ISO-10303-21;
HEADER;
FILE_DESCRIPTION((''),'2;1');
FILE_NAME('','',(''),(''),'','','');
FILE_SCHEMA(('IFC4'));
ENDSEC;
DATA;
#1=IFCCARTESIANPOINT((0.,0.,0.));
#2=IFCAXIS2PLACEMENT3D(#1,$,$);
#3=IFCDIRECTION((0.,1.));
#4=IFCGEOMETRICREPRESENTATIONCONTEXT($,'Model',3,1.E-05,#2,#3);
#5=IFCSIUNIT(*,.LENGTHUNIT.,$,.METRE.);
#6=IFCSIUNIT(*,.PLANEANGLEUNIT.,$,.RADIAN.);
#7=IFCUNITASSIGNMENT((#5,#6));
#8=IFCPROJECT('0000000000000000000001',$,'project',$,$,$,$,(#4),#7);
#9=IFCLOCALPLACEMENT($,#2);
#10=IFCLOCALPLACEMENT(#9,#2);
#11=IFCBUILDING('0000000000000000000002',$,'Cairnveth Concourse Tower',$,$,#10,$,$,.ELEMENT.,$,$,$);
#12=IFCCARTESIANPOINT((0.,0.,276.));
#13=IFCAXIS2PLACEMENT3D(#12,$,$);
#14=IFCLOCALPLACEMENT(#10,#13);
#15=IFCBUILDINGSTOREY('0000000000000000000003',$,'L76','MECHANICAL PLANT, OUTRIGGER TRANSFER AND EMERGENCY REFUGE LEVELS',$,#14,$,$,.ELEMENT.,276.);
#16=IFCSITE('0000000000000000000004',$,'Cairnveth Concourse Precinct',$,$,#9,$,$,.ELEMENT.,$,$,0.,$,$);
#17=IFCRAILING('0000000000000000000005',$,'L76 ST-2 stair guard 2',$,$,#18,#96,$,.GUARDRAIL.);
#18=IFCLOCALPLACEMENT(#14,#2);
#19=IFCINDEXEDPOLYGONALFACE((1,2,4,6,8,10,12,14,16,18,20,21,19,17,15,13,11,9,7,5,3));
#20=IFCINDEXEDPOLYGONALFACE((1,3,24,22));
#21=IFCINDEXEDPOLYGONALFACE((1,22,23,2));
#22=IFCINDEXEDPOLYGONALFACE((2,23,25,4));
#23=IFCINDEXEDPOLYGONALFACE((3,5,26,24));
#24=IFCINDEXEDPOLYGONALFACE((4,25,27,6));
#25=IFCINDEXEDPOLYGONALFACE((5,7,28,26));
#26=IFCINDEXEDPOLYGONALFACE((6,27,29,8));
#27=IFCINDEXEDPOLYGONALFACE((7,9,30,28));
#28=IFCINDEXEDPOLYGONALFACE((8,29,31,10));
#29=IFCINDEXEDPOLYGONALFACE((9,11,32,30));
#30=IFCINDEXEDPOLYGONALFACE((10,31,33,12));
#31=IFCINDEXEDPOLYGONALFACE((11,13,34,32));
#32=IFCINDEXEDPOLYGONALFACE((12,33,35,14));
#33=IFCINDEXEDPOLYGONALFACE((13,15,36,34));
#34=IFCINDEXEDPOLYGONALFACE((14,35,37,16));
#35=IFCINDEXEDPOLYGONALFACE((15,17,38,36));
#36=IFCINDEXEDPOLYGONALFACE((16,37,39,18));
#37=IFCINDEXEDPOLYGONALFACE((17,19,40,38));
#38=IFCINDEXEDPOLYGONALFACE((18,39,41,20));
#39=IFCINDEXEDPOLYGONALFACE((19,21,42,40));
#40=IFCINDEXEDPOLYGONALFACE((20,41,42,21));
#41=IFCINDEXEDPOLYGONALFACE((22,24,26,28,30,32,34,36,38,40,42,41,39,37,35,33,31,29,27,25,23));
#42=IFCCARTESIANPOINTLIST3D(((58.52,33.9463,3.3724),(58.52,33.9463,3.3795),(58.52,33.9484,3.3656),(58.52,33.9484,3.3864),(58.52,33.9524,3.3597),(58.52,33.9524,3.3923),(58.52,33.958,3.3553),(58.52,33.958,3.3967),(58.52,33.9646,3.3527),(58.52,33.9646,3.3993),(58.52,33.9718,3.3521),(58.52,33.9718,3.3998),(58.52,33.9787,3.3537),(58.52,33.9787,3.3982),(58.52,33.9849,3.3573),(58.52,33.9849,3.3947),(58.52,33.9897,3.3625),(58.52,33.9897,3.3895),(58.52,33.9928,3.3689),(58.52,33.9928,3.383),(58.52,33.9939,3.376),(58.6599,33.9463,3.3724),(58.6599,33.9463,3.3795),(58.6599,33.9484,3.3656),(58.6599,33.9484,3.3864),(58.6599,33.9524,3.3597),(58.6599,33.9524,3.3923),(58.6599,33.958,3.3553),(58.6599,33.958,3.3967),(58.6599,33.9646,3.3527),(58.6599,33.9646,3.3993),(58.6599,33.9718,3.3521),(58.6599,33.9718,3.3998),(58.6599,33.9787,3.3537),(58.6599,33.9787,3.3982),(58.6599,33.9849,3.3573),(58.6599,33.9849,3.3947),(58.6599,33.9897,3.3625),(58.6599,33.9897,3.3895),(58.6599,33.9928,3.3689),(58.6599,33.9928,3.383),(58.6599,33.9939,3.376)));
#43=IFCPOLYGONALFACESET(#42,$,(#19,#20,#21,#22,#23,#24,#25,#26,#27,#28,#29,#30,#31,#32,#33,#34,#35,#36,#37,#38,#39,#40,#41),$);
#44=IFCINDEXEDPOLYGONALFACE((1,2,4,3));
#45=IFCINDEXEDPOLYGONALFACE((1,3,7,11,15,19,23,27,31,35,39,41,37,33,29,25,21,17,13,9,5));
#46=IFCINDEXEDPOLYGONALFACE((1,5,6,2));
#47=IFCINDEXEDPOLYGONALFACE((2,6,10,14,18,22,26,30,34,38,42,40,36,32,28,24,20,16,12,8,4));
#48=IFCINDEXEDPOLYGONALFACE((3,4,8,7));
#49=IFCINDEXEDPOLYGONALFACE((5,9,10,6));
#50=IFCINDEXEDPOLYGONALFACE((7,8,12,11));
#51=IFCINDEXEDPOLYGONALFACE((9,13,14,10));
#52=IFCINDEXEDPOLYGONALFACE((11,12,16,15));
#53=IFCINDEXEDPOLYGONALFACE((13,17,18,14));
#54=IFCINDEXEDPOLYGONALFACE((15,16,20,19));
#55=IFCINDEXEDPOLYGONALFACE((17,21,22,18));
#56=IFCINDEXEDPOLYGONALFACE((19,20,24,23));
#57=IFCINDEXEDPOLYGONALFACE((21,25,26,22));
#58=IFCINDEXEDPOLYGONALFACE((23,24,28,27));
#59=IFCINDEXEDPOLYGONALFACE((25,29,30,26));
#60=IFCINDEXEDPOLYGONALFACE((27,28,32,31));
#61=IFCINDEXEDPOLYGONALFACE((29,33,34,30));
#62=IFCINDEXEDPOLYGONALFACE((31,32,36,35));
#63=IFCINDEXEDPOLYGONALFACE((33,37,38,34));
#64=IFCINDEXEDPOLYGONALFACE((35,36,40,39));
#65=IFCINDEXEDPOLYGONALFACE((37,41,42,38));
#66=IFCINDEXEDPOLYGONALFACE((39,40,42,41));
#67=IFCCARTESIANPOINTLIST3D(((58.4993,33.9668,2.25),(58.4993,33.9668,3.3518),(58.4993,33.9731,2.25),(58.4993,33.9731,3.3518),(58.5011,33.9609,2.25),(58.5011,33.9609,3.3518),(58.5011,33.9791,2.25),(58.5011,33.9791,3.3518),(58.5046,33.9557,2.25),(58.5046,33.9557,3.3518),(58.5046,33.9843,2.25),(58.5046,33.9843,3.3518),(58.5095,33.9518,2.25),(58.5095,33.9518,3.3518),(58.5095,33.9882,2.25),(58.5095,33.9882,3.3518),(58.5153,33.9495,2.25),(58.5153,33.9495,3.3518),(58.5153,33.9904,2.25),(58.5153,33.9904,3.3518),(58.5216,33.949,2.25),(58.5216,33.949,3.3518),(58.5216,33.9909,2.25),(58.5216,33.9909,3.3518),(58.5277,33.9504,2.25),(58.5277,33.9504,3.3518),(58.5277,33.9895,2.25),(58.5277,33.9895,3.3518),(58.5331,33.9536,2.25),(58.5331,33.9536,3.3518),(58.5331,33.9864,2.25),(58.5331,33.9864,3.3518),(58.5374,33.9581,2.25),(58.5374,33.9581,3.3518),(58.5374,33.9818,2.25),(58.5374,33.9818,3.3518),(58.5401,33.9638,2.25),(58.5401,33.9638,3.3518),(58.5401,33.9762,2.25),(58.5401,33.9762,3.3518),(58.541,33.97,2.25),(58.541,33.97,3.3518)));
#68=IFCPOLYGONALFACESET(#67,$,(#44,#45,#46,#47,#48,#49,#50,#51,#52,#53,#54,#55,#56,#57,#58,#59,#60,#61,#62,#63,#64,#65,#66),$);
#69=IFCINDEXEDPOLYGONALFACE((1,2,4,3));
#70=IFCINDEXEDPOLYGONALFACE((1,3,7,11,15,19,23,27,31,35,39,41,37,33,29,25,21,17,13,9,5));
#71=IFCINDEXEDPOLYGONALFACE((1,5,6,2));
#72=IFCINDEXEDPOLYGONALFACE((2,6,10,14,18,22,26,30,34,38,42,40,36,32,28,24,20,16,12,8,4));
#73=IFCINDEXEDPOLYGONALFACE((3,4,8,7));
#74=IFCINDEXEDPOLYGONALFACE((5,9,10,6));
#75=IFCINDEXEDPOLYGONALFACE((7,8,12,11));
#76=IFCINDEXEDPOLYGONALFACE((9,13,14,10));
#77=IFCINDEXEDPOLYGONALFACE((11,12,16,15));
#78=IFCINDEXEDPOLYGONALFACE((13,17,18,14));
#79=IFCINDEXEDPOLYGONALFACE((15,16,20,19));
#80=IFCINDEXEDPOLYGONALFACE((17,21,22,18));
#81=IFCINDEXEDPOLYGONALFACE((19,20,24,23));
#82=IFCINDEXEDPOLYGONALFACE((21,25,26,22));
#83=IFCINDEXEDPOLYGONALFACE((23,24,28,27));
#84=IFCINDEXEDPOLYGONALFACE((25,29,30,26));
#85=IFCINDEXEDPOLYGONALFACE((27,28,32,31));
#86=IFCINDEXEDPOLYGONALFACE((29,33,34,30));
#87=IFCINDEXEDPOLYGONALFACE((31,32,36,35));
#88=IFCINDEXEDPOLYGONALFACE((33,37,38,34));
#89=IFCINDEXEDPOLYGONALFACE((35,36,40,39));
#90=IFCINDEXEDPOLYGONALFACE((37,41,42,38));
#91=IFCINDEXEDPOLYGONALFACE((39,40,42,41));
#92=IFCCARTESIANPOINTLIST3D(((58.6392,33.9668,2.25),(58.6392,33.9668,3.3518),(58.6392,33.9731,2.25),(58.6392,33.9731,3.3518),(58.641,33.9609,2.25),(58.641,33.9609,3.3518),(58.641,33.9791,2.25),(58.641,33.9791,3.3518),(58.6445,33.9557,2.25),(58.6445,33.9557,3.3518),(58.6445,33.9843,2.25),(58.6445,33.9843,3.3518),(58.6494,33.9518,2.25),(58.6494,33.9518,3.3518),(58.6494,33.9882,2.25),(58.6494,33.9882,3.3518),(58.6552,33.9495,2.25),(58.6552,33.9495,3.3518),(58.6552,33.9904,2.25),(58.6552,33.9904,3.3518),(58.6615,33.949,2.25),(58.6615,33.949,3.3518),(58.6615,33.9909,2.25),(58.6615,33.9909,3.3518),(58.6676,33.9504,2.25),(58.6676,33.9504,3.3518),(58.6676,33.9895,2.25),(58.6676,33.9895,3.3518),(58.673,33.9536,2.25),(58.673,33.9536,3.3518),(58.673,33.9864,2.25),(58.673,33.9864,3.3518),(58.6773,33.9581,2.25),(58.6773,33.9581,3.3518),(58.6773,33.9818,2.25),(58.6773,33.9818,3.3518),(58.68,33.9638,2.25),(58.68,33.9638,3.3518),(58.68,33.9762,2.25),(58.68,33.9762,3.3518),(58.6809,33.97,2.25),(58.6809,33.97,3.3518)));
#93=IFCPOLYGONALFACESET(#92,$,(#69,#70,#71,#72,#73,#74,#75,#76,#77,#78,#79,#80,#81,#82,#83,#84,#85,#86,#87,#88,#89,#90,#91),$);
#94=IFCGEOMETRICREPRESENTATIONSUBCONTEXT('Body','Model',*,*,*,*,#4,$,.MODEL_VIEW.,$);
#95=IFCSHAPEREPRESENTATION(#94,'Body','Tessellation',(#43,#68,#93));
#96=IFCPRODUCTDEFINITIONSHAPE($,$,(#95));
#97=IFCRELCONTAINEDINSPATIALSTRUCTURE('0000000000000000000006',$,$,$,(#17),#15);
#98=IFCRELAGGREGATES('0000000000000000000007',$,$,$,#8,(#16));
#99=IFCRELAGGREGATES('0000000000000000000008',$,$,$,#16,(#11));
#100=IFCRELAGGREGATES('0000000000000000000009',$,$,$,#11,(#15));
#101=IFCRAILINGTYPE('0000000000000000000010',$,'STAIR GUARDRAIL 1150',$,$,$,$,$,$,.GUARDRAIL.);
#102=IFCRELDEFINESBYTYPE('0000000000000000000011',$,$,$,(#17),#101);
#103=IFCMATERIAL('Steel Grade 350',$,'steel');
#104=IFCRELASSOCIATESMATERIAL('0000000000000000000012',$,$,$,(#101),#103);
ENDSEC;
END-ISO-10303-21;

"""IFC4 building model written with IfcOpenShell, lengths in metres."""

from ifc_helpers import new_model, si_unit, direction, frame, origin, origin_2d, place, context, subcontext, project, spatial, circle, extrude, material, type_object, element, save


model = new_model("IFC4")

# Units and contexts
model_context = context("Model", 3, precision=1e-05, world=origin(), true_north=direction((0.0, 1.0)))
body_context = subcontext(model_context, "Body", "Model", "MODEL_VIEW")
ifc_project = project(units=[si_unit("LENGTHUNIT", "METRE"), si_unit("PLANEANGLEUNIT", "RADIAN")], contexts=[model_context])

# Site, building, storey
site_placement = place(None, origin())
site = spatial("IfcSite", under=ifc_project, at=site_placement, Name="Cairnveth Concourse Precinct", CompositionType="ELEMENT", RefElevation=0.0)
building_placement = place(site_placement, origin())
building = spatial("IfcBuilding", under=site, at=building_placement, Name="Cairnveth Concourse Tower", CompositionType="ELEMENT")
storey_placement = place(building_placement, frame((0.0, 0.0, 276.0)))
storey = spatial("IfcBuildingStorey", under=building, at=storey_placement, Name="L76", Description="MECHANICAL PLANT, OUTRIGGER TRANSFER AND EMERGENCY REFUGE LEVELS", CompositionType="ELEMENT", Elevation=276.0)

# Shared definitions
ifc_material_1 = material(Name="Steel Grade 350", Category="steel")

# Railing
railing_type_1 = type_object("IfcRailingType", Name="STAIR GUARDRAIL 1150", PredefinedType="GUARDRAIL", material=ifc_material_1)
railing_1_placement = place(storey_placement, frame((58.52, 33.97, 2.25)))
element("IfcRailing", 1, at=railing_1_placement, inside=storey, type_object=railing_type_1, Name="L76 ST-2 stair guard 2", PredefinedType="GUARDRAIL", context=body_context, shape_type="SweptSolid", body=[
    extrude(circle(Radius=0.0239, at=origin_2d()), frame((0.0, 0.0, 1.126), z_axis=(1.0, 0.0, 0.0), x_axis=(0.0, 1.0, 0.0)), (0.0, 0.0, 1.0), 0.1399),
    extrude(circle(Radius=0.021, at=origin_2d()), origin(), (0.0, 0.0, 1.0), 1.1018),
    extrude(circle(Radius=0.021, at=origin_2d()), frame((0.1399, 0.0, 0.0)), (0.0, 0.0, 1.0), 1.1018),
])

save(model, "model.ifc")
